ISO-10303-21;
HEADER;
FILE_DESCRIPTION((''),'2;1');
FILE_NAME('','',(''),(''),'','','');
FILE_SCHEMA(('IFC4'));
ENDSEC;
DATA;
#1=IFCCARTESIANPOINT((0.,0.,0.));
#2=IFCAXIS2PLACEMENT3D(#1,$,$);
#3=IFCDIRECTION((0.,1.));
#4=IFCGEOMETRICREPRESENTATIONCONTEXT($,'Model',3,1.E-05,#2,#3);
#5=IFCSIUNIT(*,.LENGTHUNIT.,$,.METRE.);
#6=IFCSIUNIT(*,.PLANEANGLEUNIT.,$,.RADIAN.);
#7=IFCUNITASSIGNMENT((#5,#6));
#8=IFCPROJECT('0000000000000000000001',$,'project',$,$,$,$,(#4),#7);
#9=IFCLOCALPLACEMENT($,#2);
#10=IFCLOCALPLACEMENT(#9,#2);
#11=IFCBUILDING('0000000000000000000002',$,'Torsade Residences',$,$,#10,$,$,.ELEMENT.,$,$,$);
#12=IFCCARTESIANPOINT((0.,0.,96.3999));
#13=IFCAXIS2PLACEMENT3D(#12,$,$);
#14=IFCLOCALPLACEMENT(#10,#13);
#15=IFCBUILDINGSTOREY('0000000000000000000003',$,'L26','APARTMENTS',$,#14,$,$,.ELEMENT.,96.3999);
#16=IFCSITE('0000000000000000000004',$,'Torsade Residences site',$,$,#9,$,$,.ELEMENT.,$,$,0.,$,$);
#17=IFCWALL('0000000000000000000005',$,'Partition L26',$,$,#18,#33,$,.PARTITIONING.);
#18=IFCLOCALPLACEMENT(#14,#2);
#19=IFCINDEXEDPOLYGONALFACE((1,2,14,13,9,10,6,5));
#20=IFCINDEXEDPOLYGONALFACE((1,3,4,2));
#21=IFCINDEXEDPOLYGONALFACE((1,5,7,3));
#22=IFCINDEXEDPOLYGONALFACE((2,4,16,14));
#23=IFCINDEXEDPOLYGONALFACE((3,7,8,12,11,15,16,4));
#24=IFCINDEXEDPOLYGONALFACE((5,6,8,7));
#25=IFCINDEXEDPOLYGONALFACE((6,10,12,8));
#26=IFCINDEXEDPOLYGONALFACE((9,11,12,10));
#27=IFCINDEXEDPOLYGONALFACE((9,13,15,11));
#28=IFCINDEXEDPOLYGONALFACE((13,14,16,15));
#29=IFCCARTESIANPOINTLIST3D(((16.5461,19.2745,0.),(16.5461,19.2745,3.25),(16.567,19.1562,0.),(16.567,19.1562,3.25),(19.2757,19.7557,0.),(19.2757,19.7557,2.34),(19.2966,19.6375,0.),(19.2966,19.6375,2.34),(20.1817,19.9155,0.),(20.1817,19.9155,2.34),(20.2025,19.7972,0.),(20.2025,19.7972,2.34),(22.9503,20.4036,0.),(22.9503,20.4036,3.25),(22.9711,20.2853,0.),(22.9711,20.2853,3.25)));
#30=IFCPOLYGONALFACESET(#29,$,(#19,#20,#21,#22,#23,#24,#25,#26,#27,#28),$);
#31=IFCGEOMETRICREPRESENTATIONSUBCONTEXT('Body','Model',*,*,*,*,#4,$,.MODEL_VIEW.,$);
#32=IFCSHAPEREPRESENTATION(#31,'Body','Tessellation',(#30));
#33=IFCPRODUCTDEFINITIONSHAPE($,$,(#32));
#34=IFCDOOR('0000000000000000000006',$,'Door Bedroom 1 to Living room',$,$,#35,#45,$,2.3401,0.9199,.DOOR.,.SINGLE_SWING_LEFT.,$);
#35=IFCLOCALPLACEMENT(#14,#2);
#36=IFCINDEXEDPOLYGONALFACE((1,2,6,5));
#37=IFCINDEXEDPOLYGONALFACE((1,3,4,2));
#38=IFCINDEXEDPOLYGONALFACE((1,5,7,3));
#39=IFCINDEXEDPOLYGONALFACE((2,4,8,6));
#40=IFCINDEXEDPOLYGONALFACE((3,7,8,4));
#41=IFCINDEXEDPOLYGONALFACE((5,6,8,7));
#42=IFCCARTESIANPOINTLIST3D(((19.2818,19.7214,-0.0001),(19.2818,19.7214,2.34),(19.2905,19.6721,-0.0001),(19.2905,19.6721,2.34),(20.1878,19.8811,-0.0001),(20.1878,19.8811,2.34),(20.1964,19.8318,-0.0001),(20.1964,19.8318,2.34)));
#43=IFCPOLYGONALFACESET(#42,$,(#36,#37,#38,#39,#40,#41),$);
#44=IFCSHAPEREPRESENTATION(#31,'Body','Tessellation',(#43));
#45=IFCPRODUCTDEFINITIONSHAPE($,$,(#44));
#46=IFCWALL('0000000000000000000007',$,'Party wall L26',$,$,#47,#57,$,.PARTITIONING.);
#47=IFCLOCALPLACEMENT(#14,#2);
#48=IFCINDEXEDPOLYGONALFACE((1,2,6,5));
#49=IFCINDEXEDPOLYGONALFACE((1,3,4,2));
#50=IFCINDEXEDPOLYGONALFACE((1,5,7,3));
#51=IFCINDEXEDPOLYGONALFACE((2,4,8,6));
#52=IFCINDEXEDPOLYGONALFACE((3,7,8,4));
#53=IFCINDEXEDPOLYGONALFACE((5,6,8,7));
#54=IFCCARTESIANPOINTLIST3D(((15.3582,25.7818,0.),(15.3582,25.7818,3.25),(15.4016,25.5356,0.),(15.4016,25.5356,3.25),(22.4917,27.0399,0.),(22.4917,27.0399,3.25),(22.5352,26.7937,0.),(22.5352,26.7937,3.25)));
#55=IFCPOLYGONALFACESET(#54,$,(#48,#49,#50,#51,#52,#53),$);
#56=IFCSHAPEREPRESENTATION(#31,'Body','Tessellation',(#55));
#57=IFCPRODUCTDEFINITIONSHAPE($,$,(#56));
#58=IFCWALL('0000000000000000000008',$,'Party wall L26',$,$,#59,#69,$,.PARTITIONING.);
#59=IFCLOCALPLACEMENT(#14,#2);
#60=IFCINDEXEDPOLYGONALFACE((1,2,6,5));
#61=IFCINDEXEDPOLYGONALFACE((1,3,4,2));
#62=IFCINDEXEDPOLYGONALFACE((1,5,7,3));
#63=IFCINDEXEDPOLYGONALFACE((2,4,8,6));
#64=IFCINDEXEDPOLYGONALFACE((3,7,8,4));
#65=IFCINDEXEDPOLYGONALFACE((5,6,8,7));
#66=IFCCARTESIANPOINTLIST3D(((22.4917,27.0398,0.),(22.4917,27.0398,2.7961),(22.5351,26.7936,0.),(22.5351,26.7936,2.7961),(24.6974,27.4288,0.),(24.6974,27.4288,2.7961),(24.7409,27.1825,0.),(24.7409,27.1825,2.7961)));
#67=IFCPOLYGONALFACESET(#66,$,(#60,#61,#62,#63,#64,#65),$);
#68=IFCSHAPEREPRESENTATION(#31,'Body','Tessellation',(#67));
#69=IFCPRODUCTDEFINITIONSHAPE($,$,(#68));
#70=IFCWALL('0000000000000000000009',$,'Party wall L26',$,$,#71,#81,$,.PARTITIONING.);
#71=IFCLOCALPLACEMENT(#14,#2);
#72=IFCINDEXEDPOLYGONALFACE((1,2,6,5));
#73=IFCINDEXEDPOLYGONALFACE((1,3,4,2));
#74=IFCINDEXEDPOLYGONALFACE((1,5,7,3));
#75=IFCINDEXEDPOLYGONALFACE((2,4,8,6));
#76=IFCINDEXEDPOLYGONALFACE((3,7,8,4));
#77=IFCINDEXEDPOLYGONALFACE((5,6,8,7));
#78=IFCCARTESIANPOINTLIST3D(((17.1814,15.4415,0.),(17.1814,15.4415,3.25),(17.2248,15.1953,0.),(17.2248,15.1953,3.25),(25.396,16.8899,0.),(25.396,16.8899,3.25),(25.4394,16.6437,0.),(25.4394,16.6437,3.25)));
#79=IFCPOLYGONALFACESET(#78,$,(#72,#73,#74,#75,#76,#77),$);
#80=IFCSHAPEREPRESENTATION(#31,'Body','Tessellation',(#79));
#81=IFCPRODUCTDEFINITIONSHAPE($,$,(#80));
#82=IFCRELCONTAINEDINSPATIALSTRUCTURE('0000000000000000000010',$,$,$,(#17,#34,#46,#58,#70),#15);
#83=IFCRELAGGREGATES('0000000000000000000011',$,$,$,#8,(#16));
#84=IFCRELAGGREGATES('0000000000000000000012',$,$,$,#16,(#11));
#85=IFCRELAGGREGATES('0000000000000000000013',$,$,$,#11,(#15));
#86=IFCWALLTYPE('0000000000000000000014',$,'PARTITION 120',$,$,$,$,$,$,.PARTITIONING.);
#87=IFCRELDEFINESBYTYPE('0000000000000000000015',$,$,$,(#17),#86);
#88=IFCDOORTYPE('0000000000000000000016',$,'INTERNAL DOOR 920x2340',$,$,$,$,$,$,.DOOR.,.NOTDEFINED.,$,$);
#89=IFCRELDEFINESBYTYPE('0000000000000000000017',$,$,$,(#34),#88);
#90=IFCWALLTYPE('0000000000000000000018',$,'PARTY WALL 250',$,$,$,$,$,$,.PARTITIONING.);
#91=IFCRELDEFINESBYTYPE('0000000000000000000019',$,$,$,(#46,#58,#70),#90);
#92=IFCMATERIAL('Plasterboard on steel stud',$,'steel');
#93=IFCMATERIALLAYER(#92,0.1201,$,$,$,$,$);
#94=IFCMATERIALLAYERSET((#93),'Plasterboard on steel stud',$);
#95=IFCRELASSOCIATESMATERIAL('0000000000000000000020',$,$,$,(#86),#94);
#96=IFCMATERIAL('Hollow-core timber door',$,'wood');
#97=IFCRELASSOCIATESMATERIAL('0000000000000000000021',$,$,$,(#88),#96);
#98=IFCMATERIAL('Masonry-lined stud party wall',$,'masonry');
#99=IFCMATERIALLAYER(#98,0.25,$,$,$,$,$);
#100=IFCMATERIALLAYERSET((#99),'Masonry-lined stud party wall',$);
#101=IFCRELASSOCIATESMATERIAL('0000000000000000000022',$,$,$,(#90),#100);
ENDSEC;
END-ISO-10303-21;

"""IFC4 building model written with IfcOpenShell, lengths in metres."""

from ifc_helpers import new_model, si_unit, direction, frame, frame_2d, origin, place, context, subcontext, project, spatial, rectangle, extrude, material, layer, layer_set, type_object, element, fill, save


model = new_model("IFC4")

# Units and contexts
model_context = context("Model", 3, precision=1e-05, world=origin(), true_north=direction((0.0, 1.0)))
body_context = subcontext(model_context, "Body", "Model", "MODEL_VIEW")
ifc_project = project(units=[si_unit("LENGTHUNIT", "METRE"), si_unit("PLANEANGLEUNIT", "RADIAN")], contexts=[model_context])

# Site, building, storey
site_placement = place(None, origin())
site = spatial("IfcSite", under=ifc_project, at=site_placement, Name="Torsade Residences site", CompositionType="ELEMENT", RefElevation=0.0)
building_placement = place(site_placement, origin())
building = spatial("IfcBuilding", under=site, at=building_placement, Name="Torsade Residences", CompositionType="ELEMENT")
storey_placement = place(building_placement, frame((0.0, 0.0, 96.3999)))
storey = spatial("IfcBuildingStorey", under=building, at=storey_placement, Name="L26", Description="APARTMENTS", CompositionType="ELEMENT", Elevation=96.3999)

# Shared definitions
ifc_material_1 = material(Name="Plasterboard on steel stud", Category="steel")
ifc_layer_1 = layer(ifc_material_1, 0.1201)
ifc_layer_set_1 = layer_set([ifc_layer_1], Name="Plasterboard on steel stud")
wall_type_1 = type_object("IfcWallType", Name="PARTITION 120", PredefinedType="PARTITIONING", material=ifc_layer_set_1)

# Shared definitions
ifc_material_2 = material(Name="Hollow-core timber door", Category="wood")
door_type_1 = type_object("IfcDoorType", Name="INTERNAL DOOR 920x2340", OperationType="NOTDEFINED", PredefinedType="DOOR", material=ifc_material_2)

# Wall, opening, door
wall_1_placement = place(storey_placement, frame((22.9607, 20.3445, 0.0), z_axis=(0.0, 0.0, 1.0), x_axis=(-0.984809, -0.17364, 0.0)))
wall_1 = element("IfcWall", 1, at=wall_1_placement, inside=storey, type_object=wall_type_1, Name="Partition L26", PredefinedType="PARTITIONING", context=body_context, shape_type="SweptSolid", body=[
    extrude(rectangle(XDim=6.5029, YDim=0.1201, at=frame_2d((3.2515, 0.0))), origin(), (0.0, 0.0, 1.0), 3.25),
])
opening_1_placement = place(wall_1_placement, frame((2.8113, 0.0, 0.0)))
opening_1 = element("IfcOpeningElement", 2, at=opening_1_placement, cuts=wall_1, PredefinedType="OPENING", context=body_context, shape_type="SweptSolid", body=[
    extrude(rectangle(XDim=0.9199, YDim=2.3401, at=frame_2d((0.46, 1.1699))), frame((0.0, 0.0701, 0.0), z_axis=(0.0, -1.0, 0.0), x_axis=(1.0, 0.0, 0.0)), (0.0, 0.0, 1.0), 0.1401),
])
door_1_placement = place(opening_1_placement, origin())
door_1 = element("IfcDoor", 3, at=door_1_placement, inside=storey, type_object=door_type_1, Name="Door Bedroom 1 to Living room", OperationType="SINGLE_SWING_LEFT", OverallHeight=2.3401, OverallWidth=0.9199, PredefinedType="DOOR", context=body_context, shape_type="SweptSolid", body=[
    extrude(rectangle(XDim=0.9199, YDim=2.3401, at=frame_2d((0.46, 1.1699))), frame((0.0, 0.0249, 0.0), z_axis=(0.0, -1.0, 0.0), x_axis=(1.0, 0.0, 0.0)), (0.0, 0.0, 1.0), 0.05),
])
fill(opening_1, door_1)

# Walls
ifc_material_3 = material(Name="Masonry-lined stud party wall", Category="masonry")
ifc_layer_2 = layer(ifc_material_3, 0.25)
ifc_layer_set_2 = layer_set([ifc_layer_2], Name="Masonry-lined stud party wall")
wall_type_2 = type_object("IfcWallType", Name="PARTY WALL 250", PredefinedType="PARTITIONING", material=ifc_layer_set_2)
wall_2_placement = place(storey_placement, frame((15.3799, 25.6587, 0.0), z_axis=(0.0, 0.0, 1.0), x_axis=(0.984803, 0.173678, 0.0)))
element("IfcWall", 4, at=wall_2_placement, inside=storey, type_object=wall_type_2, Name="Party wall L26", PredefinedType="PARTITIONING", context=body_context, shape_type="SweptSolid", body=[
    extrude(rectangle(XDim=7.2437, YDim=0.25, at=frame_2d((3.6218, 0.0))), origin(), (0.0, 0.0, 1.0), 3.25),
])
wall_3_placement = place(storey_placement, frame((22.5134, 26.9167, 0.0), z_axis=(0.0, 0.0, 1.0), x_axis=(0.98481, 0.173636, 0.0)))
element("IfcWall", 5, at=wall_3_placement, inside=storey, type_object=wall_type_2, Name="Party wall L26", PredefinedType="PARTITIONING", context=body_context, shape_type="SweptSolid", body=[
    extrude(rectangle(XDim=2.2397, YDim=0.25, at=frame_2d((1.1199, 0.0))), origin(), (0.0, 0.0, 1.0), 2.7961),
])
wall_4_placement = place(storey_placement, frame((17.2031, 15.3184, 0.0), z_axis=(0.0, 0.0, 1.0), x_axis=(0.984807, 0.173652, 0.0)))
element("IfcWall", 6, at=wall_4_placement, inside=storey, type_object=wall_type_2, Name="Party wall L26", PredefinedType="PARTITIONING", context=body_context, shape_type="SweptSolid", body=[
    extrude(rectangle(XDim=8.3413, YDim=0.25, at=frame_2d((4.1707, 0.0))), origin(), (0.0, 0.0, 1.0), 3.25),
])

save(model, "model.ifc")
